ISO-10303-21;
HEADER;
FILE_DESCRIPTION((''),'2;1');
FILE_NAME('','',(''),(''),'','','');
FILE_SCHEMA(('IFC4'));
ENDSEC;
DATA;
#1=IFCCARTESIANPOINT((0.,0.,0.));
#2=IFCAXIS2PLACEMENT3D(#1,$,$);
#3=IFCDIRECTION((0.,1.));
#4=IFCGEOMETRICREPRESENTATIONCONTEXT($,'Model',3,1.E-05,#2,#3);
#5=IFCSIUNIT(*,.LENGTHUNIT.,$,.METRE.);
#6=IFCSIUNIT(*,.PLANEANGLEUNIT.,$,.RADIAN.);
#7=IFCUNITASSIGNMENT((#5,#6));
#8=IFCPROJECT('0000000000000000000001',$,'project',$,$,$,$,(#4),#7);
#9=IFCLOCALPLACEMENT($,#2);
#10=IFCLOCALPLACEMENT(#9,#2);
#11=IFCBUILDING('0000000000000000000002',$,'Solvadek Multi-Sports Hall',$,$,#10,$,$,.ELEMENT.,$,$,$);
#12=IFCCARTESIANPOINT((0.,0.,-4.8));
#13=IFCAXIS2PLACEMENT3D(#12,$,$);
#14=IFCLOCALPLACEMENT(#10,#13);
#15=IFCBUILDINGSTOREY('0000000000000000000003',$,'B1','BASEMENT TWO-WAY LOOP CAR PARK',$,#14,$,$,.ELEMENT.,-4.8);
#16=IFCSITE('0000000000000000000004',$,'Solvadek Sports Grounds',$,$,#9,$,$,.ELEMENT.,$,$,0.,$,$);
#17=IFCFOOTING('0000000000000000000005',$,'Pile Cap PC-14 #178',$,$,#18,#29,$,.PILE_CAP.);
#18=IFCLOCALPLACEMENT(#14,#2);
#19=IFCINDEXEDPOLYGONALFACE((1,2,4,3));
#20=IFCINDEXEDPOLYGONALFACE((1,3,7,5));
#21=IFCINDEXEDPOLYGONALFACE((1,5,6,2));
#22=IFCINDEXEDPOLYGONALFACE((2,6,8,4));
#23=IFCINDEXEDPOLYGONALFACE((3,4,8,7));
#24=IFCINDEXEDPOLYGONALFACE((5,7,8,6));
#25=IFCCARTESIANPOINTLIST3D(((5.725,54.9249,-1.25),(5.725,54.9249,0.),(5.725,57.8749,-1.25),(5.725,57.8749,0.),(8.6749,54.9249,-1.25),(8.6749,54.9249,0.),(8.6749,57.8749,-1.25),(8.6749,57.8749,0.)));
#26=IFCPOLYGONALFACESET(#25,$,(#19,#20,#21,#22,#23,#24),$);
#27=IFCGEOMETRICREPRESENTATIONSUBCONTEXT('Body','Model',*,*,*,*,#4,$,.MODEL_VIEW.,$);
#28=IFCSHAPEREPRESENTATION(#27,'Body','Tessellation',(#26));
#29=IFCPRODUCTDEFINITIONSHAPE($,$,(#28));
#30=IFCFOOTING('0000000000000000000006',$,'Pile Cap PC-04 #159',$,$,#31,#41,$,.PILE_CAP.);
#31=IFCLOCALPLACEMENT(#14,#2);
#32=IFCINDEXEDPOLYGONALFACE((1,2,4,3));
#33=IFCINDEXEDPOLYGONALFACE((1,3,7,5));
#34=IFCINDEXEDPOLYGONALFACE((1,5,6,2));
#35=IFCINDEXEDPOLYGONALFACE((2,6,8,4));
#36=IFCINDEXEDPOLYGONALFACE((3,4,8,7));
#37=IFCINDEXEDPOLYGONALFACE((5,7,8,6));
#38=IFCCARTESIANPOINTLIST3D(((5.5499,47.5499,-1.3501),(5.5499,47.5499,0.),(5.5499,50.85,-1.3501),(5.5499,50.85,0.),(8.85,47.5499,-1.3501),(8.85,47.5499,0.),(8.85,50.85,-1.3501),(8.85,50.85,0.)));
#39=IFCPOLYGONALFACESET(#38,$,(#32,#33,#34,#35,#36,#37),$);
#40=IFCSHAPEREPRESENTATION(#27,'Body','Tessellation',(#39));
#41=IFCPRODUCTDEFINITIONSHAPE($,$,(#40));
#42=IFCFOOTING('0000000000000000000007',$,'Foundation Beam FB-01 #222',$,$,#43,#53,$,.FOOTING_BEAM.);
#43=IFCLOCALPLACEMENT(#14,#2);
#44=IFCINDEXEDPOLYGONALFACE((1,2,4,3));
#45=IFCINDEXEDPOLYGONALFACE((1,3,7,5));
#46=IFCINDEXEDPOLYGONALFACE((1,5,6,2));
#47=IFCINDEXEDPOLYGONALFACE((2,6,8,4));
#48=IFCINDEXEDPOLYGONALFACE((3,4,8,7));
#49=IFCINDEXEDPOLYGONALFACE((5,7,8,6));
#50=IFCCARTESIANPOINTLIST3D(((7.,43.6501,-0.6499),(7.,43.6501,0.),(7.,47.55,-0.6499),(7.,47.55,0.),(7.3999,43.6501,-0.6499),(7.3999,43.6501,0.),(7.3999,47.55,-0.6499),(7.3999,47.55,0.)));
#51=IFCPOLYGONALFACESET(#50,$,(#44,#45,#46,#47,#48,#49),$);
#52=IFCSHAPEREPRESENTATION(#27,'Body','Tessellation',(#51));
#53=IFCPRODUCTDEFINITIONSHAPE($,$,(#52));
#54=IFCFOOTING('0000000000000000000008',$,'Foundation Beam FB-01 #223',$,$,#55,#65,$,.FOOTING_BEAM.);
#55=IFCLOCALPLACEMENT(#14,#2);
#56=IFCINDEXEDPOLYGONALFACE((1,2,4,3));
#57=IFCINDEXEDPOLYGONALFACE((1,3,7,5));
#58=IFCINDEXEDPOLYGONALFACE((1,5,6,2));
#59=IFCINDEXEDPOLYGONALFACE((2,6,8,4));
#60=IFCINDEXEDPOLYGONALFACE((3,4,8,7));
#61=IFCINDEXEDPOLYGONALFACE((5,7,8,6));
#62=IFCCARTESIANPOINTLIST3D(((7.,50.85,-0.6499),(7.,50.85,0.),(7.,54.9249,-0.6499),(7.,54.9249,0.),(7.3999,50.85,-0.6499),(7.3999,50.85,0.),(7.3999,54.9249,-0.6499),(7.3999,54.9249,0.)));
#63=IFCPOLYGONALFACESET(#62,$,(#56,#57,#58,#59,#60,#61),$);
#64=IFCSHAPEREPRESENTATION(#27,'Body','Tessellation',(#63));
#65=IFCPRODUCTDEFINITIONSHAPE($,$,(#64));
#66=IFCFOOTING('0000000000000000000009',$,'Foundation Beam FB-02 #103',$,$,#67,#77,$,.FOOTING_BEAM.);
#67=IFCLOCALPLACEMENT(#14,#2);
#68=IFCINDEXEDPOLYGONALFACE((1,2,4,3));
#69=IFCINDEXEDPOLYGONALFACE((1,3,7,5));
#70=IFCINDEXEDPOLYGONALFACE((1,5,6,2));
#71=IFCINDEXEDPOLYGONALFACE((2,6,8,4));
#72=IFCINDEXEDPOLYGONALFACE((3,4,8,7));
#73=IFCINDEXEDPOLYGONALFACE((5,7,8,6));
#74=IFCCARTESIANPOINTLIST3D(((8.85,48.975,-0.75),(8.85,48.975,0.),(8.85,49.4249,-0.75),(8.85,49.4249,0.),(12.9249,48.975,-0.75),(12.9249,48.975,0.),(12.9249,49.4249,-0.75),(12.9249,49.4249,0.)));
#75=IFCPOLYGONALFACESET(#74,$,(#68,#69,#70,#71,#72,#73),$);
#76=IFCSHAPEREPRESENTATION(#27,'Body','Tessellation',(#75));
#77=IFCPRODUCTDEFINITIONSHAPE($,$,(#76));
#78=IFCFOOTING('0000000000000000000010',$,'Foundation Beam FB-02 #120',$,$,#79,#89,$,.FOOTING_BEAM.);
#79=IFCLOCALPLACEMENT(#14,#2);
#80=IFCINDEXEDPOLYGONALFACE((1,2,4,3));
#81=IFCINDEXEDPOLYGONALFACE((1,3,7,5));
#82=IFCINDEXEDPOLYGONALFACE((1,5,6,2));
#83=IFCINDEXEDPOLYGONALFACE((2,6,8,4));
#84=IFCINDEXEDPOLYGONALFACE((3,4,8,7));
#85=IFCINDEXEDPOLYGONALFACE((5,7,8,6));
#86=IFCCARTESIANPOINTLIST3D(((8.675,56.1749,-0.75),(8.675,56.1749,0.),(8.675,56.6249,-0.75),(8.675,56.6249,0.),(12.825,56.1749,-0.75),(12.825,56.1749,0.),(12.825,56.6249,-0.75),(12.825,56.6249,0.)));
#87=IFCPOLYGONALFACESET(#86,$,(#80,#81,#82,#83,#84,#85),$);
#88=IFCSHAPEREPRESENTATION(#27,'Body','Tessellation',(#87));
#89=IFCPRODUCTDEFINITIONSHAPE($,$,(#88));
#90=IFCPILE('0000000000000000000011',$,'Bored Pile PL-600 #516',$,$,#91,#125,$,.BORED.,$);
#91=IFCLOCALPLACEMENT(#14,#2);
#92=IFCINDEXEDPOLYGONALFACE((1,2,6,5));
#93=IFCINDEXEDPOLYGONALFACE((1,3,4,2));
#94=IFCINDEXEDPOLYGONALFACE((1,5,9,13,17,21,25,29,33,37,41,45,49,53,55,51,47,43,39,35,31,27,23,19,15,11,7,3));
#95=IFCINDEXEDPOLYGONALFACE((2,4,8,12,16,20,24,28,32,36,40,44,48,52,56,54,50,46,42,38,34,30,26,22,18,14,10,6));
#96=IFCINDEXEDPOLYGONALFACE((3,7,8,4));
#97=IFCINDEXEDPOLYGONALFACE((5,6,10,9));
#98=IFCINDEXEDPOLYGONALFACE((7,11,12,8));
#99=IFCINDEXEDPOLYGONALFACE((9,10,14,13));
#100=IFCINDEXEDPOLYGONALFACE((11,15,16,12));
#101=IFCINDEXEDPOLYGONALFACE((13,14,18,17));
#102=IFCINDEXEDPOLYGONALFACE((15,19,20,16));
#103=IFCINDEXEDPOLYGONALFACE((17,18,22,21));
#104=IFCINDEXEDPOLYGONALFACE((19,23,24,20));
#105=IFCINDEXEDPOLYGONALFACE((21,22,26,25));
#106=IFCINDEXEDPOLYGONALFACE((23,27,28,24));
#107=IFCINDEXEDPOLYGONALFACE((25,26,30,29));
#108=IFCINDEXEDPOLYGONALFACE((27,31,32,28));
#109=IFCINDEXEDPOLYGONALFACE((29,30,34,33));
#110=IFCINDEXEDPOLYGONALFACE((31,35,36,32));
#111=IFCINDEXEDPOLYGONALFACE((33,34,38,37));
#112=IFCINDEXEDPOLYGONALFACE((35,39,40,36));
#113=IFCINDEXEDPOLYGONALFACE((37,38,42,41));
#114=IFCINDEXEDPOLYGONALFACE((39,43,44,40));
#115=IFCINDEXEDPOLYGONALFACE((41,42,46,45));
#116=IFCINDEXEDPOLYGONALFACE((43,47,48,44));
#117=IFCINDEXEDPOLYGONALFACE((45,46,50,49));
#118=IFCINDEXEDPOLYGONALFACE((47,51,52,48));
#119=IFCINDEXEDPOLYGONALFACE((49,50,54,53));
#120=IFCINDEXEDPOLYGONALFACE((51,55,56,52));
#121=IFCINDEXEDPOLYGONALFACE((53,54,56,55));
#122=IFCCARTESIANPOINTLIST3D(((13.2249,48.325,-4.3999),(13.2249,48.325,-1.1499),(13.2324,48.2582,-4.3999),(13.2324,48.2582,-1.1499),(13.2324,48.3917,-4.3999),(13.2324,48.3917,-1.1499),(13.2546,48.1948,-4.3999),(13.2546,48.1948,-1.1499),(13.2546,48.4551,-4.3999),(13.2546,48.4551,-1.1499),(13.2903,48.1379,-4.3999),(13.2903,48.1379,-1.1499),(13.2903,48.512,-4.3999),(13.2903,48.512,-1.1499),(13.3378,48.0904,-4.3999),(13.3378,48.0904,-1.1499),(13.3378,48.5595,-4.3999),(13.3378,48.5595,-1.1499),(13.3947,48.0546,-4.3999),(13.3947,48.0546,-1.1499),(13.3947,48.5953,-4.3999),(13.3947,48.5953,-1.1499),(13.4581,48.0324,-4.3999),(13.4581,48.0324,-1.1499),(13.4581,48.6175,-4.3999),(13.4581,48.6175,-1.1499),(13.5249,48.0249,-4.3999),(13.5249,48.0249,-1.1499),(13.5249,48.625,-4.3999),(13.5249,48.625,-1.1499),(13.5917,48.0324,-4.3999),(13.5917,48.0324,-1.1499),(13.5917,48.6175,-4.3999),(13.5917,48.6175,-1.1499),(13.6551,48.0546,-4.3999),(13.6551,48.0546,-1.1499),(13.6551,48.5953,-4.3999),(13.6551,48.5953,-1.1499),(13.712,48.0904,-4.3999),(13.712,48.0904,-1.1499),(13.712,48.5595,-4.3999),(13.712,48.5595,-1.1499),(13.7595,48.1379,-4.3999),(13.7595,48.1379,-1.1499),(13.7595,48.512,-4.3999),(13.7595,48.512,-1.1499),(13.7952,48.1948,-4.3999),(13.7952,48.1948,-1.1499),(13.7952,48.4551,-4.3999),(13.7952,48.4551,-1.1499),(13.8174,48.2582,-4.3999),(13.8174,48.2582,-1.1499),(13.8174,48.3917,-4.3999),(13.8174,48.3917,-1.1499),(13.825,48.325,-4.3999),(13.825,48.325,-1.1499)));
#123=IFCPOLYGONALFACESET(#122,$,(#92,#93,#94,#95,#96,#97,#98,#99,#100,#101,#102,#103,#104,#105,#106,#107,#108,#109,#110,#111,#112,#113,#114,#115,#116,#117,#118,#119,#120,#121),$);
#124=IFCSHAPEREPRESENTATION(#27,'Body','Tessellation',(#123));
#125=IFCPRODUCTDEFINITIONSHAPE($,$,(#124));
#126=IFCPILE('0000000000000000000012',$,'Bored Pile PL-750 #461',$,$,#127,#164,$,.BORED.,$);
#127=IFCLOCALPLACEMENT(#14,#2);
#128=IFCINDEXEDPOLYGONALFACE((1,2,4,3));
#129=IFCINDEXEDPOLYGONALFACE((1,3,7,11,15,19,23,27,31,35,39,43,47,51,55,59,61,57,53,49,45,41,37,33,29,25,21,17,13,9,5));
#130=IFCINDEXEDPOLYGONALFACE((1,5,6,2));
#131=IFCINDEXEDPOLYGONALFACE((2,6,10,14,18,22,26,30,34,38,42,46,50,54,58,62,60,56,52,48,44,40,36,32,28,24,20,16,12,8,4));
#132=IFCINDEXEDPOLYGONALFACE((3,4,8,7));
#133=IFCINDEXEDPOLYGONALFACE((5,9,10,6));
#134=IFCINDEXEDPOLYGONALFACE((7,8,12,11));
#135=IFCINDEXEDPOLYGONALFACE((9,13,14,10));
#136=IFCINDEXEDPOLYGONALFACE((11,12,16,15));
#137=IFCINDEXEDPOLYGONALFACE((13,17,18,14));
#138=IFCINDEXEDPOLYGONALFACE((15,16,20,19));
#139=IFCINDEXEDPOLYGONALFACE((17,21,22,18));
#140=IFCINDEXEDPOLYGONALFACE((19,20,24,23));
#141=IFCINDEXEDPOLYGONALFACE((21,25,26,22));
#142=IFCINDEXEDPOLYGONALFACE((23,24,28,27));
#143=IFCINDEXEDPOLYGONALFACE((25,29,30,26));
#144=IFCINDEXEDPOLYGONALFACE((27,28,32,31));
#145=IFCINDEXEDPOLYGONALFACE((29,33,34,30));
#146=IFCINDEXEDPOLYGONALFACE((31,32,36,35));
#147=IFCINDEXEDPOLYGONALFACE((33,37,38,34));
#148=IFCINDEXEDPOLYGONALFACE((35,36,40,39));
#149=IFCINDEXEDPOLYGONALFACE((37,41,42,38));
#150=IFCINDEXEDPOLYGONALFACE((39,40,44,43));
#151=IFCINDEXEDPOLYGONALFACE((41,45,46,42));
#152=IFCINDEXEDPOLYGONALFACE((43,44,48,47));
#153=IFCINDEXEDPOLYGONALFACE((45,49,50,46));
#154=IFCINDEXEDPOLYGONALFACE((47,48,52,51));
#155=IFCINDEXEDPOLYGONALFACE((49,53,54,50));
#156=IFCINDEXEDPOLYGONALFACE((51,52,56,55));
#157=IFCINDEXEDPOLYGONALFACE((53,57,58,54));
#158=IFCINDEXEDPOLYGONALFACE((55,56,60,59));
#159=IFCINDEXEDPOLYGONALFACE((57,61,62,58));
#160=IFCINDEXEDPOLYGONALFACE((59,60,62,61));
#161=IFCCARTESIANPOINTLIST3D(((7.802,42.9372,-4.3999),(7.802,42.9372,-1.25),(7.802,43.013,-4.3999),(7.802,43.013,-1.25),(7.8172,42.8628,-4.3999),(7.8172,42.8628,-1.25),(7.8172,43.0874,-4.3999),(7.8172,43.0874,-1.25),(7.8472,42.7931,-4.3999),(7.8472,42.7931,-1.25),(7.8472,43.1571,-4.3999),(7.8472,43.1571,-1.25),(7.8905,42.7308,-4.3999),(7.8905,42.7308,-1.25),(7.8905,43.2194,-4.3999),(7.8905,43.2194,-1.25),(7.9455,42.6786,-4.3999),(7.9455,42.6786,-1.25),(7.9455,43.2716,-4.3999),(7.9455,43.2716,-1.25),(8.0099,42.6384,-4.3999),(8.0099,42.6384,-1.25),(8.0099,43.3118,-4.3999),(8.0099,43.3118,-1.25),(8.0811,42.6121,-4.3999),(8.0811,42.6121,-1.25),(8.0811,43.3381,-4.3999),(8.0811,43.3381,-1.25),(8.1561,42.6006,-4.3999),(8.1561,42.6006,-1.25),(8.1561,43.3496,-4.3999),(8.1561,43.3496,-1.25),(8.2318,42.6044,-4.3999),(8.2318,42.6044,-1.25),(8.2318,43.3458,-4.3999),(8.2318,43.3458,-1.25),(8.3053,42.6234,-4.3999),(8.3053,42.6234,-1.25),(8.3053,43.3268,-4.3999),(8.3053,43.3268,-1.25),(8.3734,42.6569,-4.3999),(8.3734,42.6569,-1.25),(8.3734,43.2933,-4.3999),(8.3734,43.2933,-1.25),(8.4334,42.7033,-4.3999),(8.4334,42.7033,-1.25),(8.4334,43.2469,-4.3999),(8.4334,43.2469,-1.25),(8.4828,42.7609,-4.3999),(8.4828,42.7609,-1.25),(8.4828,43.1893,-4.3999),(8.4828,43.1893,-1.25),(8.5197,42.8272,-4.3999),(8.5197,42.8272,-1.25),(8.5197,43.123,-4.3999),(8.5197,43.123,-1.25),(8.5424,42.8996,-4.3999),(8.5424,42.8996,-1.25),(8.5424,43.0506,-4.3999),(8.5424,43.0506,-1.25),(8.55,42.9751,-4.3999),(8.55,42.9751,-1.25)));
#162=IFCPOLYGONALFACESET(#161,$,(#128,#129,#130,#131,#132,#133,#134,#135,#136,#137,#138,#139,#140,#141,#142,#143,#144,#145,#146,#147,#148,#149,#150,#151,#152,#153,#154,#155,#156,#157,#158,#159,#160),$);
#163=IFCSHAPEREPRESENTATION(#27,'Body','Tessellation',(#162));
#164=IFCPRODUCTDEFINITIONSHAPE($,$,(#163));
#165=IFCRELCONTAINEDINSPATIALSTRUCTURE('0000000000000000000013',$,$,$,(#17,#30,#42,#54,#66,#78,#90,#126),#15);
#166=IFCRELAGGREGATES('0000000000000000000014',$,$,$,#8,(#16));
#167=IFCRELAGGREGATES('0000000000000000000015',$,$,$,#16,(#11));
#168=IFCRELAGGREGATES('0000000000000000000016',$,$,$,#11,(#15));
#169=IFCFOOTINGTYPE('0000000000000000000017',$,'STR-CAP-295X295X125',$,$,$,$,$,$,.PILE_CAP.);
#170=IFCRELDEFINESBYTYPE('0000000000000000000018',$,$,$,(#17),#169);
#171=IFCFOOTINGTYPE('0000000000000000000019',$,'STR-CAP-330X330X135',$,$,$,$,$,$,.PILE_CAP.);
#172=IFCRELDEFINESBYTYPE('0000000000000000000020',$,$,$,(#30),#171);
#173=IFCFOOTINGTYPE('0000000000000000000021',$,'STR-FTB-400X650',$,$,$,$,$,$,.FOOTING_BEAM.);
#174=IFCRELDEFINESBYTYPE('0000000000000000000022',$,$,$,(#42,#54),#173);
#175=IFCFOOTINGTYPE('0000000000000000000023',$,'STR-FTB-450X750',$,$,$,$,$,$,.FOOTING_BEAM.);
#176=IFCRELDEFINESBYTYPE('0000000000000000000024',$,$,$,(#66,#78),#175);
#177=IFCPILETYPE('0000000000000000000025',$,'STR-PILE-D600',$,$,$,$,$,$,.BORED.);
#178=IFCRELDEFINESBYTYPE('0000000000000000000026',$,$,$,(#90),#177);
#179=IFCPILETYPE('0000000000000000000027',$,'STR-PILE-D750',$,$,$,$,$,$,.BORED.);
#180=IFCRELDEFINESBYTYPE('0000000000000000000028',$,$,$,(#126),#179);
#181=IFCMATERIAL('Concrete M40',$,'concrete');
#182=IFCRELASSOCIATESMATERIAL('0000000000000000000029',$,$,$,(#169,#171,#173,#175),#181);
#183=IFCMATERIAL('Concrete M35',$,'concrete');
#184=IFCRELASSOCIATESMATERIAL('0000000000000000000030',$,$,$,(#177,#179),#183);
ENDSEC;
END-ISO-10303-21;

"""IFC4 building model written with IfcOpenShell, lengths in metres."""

from ifc_helpers import new_model, si_unit, direction, frame, origin, origin_2d, place, context, subcontext, project, spatial, rectangle, circle, extrude, material, material_profile, profile_set, type_object, element, save


model = new_model("IFC4")

# Units and contexts
model_context = context("Model", 3, precision=1e-05, world=origin(), true_north=direction((0.0, 1.0)))
body_context = subcontext(model_context, "Body", "Model", "MODEL_VIEW")
ifc_project = project(units=[si_unit("LENGTHUNIT", "METRE"), si_unit("PLANEANGLEUNIT", "RADIAN")], contexts=[model_context])

# Site, building, storey
site_placement = place(None, origin())
site = spatial("IfcSite", under=ifc_project, at=site_placement, Name="Solvadek Sports Grounds", CompositionType="ELEMENT", RefElevation=0.0)
building_placement = place(site_placement, origin())
building = spatial("IfcBuilding", under=site, at=building_placement, Name="Solvadek Multi-Sports Hall", CompositionType="ELEMENT")
storey_placement = place(building_placement, frame((0.0, 0.0, -4.8)))
storey = spatial("IfcBuildingStorey", under=building, at=storey_placement, Name="B1", Description="BASEMENT TWO-WAY LOOP CAR PARK", CompositionType="ELEMENT", Elevation=-4.8)

# Footings
ifc_material_1 = material(Name="Concrete M40", Category="concrete")
footing_type_1 = type_object("IfcFootingType", Name="STR-CAP-295X295X125", PredefinedType="PILE_CAP", material=ifc_material_1)
footing_1_placement = place(storey_placement, frame((7.2, 56.3999, -1.25), z_axis=(0.0, 0.0, 1.0), x_axis=(1.0, 0.0, 0.0)))
element("IfcFooting", 1, at=footing_1_placement, inside=storey, type_object=footing_type_1, Name="Pile Cap PC-14 #178", PredefinedType="PILE_CAP", context=body_context, shape_type="SweptSolid", body=[
    extrude(rectangle(XDim=2.95, YDim=2.95, at=origin_2d()), origin(), (0.0, 0.0, 1.0), 1.25),
])
footing_type_2 = type_object("IfcFootingType", Name="STR-CAP-330X330X135", PredefinedType="PILE_CAP", material=ifc_material_1)
footing_2_placement = place(storey_placement, frame((7.2, 49.2, -1.3501), z_axis=(0.0, 0.0, 1.0), x_axis=(1.0, 0.0, 0.0)))
element("IfcFooting", 2, at=footing_2_placement, inside=storey, type_object=footing_type_2, Name="Pile Cap PC-04 #159", PredefinedType="PILE_CAP", context=body_context, shape_type="SweptSolid", body=[
    extrude(rectangle(XDim=3.3, YDim=3.3, at=origin_2d()), origin(), (0.0, 0.0, 1.0), 1.3501),
])
footing_type_3 = type_object("IfcFootingType", Name="STR-FTB-400X650", PredefinedType="FOOTING_BEAM", material=ifc_material_1)
footing_3_placement = place(storey_placement, frame((7.2, 45.6001, -0.6499), z_axis=(0.0, 0.0, 1.0), x_axis=(0.0, 1.0, 0.0)))
element("IfcFooting", 3, at=footing_3_placement, inside=storey, type_object=footing_type_3, Name="Foundation Beam FB-01 #222", PredefinedType="FOOTING_BEAM", context=body_context, shape_type="SweptSolid", body=[
    extrude(rectangle(XDim=3.8999, YDim=0.3999, at=origin_2d()), origin(), (0.0, 0.0, 1.0), 0.6499),
])
footing_4_placement = place(storey_placement, frame((7.2, 52.8875, -0.6499), z_axis=(0.0, 0.0, 1.0), x_axis=(0.0, 1.0, 0.0)))
element("IfcFooting", 4, at=footing_4_placement, inside=storey, type_object=footing_type_3, Name="Foundation Beam FB-01 #223", PredefinedType="FOOTING_BEAM", context=body_context, shape_type="SweptSolid", body=[
    extrude(rectangle(XDim=4.075, YDim=0.3999, at=origin_2d()), origin(), (0.0, 0.0, 1.0), 0.6499),
])
footing_type_4 = type_object("IfcFootingType", Name="STR-FTB-450X750", PredefinedType="FOOTING_BEAM", material=ifc_material_1)
footing_5_placement = place(storey_placement, frame((10.8875, 49.2, -0.75), z_axis=(0.0, 0.0, 1.0), x_axis=(1.0, 0.0, 0.0)))
element("IfcFooting", 5, at=footing_5_placement, inside=storey, type_object=footing_type_4, Name="Foundation Beam FB-02 #103", PredefinedType="FOOTING_BEAM", context=body_context, shape_type="SweptSolid", body=[
    extrude(rectangle(XDim=4.075, YDim=0.45, at=origin_2d()), origin(), (0.0, 0.0, 1.0), 0.75),
])
footing_6_placement = place(storey_placement, frame((10.75, 56.3999, -0.75), z_axis=(0.0, 0.0, 1.0), x_axis=(1.0, 0.0, 0.0)))
element("IfcFooting", 6, at=footing_6_placement, inside=storey, type_object=footing_type_4, Name="Foundation Beam FB-02 #120", PredefinedType="FOOTING_BEAM", context=body_context, shape_type="SweptSolid", body=[
    extrude(rectangle(XDim=4.1499, YDim=0.45, at=origin_2d()), origin(), (0.0, 0.0, 1.0), 0.75),
])

# Piles
ifc_material_2 = material(Name="Concrete M35", Category="concrete")
ifc_material_profile_1 = material_profile(ifc_material_2, circle(Radius=0.3, at=origin_2d()), Name="BORED PILE D600")
ifc_profile_set_1 = profile_set([ifc_material_profile_1], Name="Concrete M35")
pile_type_1 = type_object("IfcPileType", Name="STR-PILE-D600", PredefinedType="BORED", material=ifc_profile_set_1)
pile_1_placement = place(storey_placement, frame((13.5249, 48.325, -1.1499), z_axis=(0.0, 0.0, -1.0), x_axis=(1.0, 0.0, 0.0)))
element("IfcPile", 7, at=pile_1_placement, inside=storey, type_object=pile_type_1, Name="Bored Pile PL-600 #516", PredefinedType="BORED", context=body_context, shape_type="SweptSolid", body=[
    extrude(circle(Radius=0.3, at=origin_2d()), origin(), (0.0, 0.0, 1.0), 3.25),
])
ifc_material_profile_2 = material_profile(ifc_material_2, circle(Radius=0.375, at=origin_2d()), Name="BORED PILE D750")
ifc_profile_set_2 = profile_set([ifc_material_profile_2], Name="Concrete M35")
pile_type_2 = type_object("IfcPileType", Name="STR-PILE-D750", PredefinedType="BORED", material=ifc_profile_set_2)
for number, where, z_axis, x_axis, name in (
    (8, (8.175, 42.9751, -1.25), (0.0, 0.0, -1.0), (1.0, 0.0, 0.0), "Bored Pile PL-750 #461"),
):
    element("IfcPile", number, at=place(storey_placement, frame(where, z_axis=z_axis, x_axis=x_axis)), inside=storey, type_object=pile_type_2, Name=name, PredefinedType="BORED", context=body_context, shape_type="SweptSolid", body=[
        extrude(circle(Radius=0.375, at=origin_2d()), origin(), (0.0, 0.0, 1.0), 3.1499),
    ])

save(model, "model.ifc")
